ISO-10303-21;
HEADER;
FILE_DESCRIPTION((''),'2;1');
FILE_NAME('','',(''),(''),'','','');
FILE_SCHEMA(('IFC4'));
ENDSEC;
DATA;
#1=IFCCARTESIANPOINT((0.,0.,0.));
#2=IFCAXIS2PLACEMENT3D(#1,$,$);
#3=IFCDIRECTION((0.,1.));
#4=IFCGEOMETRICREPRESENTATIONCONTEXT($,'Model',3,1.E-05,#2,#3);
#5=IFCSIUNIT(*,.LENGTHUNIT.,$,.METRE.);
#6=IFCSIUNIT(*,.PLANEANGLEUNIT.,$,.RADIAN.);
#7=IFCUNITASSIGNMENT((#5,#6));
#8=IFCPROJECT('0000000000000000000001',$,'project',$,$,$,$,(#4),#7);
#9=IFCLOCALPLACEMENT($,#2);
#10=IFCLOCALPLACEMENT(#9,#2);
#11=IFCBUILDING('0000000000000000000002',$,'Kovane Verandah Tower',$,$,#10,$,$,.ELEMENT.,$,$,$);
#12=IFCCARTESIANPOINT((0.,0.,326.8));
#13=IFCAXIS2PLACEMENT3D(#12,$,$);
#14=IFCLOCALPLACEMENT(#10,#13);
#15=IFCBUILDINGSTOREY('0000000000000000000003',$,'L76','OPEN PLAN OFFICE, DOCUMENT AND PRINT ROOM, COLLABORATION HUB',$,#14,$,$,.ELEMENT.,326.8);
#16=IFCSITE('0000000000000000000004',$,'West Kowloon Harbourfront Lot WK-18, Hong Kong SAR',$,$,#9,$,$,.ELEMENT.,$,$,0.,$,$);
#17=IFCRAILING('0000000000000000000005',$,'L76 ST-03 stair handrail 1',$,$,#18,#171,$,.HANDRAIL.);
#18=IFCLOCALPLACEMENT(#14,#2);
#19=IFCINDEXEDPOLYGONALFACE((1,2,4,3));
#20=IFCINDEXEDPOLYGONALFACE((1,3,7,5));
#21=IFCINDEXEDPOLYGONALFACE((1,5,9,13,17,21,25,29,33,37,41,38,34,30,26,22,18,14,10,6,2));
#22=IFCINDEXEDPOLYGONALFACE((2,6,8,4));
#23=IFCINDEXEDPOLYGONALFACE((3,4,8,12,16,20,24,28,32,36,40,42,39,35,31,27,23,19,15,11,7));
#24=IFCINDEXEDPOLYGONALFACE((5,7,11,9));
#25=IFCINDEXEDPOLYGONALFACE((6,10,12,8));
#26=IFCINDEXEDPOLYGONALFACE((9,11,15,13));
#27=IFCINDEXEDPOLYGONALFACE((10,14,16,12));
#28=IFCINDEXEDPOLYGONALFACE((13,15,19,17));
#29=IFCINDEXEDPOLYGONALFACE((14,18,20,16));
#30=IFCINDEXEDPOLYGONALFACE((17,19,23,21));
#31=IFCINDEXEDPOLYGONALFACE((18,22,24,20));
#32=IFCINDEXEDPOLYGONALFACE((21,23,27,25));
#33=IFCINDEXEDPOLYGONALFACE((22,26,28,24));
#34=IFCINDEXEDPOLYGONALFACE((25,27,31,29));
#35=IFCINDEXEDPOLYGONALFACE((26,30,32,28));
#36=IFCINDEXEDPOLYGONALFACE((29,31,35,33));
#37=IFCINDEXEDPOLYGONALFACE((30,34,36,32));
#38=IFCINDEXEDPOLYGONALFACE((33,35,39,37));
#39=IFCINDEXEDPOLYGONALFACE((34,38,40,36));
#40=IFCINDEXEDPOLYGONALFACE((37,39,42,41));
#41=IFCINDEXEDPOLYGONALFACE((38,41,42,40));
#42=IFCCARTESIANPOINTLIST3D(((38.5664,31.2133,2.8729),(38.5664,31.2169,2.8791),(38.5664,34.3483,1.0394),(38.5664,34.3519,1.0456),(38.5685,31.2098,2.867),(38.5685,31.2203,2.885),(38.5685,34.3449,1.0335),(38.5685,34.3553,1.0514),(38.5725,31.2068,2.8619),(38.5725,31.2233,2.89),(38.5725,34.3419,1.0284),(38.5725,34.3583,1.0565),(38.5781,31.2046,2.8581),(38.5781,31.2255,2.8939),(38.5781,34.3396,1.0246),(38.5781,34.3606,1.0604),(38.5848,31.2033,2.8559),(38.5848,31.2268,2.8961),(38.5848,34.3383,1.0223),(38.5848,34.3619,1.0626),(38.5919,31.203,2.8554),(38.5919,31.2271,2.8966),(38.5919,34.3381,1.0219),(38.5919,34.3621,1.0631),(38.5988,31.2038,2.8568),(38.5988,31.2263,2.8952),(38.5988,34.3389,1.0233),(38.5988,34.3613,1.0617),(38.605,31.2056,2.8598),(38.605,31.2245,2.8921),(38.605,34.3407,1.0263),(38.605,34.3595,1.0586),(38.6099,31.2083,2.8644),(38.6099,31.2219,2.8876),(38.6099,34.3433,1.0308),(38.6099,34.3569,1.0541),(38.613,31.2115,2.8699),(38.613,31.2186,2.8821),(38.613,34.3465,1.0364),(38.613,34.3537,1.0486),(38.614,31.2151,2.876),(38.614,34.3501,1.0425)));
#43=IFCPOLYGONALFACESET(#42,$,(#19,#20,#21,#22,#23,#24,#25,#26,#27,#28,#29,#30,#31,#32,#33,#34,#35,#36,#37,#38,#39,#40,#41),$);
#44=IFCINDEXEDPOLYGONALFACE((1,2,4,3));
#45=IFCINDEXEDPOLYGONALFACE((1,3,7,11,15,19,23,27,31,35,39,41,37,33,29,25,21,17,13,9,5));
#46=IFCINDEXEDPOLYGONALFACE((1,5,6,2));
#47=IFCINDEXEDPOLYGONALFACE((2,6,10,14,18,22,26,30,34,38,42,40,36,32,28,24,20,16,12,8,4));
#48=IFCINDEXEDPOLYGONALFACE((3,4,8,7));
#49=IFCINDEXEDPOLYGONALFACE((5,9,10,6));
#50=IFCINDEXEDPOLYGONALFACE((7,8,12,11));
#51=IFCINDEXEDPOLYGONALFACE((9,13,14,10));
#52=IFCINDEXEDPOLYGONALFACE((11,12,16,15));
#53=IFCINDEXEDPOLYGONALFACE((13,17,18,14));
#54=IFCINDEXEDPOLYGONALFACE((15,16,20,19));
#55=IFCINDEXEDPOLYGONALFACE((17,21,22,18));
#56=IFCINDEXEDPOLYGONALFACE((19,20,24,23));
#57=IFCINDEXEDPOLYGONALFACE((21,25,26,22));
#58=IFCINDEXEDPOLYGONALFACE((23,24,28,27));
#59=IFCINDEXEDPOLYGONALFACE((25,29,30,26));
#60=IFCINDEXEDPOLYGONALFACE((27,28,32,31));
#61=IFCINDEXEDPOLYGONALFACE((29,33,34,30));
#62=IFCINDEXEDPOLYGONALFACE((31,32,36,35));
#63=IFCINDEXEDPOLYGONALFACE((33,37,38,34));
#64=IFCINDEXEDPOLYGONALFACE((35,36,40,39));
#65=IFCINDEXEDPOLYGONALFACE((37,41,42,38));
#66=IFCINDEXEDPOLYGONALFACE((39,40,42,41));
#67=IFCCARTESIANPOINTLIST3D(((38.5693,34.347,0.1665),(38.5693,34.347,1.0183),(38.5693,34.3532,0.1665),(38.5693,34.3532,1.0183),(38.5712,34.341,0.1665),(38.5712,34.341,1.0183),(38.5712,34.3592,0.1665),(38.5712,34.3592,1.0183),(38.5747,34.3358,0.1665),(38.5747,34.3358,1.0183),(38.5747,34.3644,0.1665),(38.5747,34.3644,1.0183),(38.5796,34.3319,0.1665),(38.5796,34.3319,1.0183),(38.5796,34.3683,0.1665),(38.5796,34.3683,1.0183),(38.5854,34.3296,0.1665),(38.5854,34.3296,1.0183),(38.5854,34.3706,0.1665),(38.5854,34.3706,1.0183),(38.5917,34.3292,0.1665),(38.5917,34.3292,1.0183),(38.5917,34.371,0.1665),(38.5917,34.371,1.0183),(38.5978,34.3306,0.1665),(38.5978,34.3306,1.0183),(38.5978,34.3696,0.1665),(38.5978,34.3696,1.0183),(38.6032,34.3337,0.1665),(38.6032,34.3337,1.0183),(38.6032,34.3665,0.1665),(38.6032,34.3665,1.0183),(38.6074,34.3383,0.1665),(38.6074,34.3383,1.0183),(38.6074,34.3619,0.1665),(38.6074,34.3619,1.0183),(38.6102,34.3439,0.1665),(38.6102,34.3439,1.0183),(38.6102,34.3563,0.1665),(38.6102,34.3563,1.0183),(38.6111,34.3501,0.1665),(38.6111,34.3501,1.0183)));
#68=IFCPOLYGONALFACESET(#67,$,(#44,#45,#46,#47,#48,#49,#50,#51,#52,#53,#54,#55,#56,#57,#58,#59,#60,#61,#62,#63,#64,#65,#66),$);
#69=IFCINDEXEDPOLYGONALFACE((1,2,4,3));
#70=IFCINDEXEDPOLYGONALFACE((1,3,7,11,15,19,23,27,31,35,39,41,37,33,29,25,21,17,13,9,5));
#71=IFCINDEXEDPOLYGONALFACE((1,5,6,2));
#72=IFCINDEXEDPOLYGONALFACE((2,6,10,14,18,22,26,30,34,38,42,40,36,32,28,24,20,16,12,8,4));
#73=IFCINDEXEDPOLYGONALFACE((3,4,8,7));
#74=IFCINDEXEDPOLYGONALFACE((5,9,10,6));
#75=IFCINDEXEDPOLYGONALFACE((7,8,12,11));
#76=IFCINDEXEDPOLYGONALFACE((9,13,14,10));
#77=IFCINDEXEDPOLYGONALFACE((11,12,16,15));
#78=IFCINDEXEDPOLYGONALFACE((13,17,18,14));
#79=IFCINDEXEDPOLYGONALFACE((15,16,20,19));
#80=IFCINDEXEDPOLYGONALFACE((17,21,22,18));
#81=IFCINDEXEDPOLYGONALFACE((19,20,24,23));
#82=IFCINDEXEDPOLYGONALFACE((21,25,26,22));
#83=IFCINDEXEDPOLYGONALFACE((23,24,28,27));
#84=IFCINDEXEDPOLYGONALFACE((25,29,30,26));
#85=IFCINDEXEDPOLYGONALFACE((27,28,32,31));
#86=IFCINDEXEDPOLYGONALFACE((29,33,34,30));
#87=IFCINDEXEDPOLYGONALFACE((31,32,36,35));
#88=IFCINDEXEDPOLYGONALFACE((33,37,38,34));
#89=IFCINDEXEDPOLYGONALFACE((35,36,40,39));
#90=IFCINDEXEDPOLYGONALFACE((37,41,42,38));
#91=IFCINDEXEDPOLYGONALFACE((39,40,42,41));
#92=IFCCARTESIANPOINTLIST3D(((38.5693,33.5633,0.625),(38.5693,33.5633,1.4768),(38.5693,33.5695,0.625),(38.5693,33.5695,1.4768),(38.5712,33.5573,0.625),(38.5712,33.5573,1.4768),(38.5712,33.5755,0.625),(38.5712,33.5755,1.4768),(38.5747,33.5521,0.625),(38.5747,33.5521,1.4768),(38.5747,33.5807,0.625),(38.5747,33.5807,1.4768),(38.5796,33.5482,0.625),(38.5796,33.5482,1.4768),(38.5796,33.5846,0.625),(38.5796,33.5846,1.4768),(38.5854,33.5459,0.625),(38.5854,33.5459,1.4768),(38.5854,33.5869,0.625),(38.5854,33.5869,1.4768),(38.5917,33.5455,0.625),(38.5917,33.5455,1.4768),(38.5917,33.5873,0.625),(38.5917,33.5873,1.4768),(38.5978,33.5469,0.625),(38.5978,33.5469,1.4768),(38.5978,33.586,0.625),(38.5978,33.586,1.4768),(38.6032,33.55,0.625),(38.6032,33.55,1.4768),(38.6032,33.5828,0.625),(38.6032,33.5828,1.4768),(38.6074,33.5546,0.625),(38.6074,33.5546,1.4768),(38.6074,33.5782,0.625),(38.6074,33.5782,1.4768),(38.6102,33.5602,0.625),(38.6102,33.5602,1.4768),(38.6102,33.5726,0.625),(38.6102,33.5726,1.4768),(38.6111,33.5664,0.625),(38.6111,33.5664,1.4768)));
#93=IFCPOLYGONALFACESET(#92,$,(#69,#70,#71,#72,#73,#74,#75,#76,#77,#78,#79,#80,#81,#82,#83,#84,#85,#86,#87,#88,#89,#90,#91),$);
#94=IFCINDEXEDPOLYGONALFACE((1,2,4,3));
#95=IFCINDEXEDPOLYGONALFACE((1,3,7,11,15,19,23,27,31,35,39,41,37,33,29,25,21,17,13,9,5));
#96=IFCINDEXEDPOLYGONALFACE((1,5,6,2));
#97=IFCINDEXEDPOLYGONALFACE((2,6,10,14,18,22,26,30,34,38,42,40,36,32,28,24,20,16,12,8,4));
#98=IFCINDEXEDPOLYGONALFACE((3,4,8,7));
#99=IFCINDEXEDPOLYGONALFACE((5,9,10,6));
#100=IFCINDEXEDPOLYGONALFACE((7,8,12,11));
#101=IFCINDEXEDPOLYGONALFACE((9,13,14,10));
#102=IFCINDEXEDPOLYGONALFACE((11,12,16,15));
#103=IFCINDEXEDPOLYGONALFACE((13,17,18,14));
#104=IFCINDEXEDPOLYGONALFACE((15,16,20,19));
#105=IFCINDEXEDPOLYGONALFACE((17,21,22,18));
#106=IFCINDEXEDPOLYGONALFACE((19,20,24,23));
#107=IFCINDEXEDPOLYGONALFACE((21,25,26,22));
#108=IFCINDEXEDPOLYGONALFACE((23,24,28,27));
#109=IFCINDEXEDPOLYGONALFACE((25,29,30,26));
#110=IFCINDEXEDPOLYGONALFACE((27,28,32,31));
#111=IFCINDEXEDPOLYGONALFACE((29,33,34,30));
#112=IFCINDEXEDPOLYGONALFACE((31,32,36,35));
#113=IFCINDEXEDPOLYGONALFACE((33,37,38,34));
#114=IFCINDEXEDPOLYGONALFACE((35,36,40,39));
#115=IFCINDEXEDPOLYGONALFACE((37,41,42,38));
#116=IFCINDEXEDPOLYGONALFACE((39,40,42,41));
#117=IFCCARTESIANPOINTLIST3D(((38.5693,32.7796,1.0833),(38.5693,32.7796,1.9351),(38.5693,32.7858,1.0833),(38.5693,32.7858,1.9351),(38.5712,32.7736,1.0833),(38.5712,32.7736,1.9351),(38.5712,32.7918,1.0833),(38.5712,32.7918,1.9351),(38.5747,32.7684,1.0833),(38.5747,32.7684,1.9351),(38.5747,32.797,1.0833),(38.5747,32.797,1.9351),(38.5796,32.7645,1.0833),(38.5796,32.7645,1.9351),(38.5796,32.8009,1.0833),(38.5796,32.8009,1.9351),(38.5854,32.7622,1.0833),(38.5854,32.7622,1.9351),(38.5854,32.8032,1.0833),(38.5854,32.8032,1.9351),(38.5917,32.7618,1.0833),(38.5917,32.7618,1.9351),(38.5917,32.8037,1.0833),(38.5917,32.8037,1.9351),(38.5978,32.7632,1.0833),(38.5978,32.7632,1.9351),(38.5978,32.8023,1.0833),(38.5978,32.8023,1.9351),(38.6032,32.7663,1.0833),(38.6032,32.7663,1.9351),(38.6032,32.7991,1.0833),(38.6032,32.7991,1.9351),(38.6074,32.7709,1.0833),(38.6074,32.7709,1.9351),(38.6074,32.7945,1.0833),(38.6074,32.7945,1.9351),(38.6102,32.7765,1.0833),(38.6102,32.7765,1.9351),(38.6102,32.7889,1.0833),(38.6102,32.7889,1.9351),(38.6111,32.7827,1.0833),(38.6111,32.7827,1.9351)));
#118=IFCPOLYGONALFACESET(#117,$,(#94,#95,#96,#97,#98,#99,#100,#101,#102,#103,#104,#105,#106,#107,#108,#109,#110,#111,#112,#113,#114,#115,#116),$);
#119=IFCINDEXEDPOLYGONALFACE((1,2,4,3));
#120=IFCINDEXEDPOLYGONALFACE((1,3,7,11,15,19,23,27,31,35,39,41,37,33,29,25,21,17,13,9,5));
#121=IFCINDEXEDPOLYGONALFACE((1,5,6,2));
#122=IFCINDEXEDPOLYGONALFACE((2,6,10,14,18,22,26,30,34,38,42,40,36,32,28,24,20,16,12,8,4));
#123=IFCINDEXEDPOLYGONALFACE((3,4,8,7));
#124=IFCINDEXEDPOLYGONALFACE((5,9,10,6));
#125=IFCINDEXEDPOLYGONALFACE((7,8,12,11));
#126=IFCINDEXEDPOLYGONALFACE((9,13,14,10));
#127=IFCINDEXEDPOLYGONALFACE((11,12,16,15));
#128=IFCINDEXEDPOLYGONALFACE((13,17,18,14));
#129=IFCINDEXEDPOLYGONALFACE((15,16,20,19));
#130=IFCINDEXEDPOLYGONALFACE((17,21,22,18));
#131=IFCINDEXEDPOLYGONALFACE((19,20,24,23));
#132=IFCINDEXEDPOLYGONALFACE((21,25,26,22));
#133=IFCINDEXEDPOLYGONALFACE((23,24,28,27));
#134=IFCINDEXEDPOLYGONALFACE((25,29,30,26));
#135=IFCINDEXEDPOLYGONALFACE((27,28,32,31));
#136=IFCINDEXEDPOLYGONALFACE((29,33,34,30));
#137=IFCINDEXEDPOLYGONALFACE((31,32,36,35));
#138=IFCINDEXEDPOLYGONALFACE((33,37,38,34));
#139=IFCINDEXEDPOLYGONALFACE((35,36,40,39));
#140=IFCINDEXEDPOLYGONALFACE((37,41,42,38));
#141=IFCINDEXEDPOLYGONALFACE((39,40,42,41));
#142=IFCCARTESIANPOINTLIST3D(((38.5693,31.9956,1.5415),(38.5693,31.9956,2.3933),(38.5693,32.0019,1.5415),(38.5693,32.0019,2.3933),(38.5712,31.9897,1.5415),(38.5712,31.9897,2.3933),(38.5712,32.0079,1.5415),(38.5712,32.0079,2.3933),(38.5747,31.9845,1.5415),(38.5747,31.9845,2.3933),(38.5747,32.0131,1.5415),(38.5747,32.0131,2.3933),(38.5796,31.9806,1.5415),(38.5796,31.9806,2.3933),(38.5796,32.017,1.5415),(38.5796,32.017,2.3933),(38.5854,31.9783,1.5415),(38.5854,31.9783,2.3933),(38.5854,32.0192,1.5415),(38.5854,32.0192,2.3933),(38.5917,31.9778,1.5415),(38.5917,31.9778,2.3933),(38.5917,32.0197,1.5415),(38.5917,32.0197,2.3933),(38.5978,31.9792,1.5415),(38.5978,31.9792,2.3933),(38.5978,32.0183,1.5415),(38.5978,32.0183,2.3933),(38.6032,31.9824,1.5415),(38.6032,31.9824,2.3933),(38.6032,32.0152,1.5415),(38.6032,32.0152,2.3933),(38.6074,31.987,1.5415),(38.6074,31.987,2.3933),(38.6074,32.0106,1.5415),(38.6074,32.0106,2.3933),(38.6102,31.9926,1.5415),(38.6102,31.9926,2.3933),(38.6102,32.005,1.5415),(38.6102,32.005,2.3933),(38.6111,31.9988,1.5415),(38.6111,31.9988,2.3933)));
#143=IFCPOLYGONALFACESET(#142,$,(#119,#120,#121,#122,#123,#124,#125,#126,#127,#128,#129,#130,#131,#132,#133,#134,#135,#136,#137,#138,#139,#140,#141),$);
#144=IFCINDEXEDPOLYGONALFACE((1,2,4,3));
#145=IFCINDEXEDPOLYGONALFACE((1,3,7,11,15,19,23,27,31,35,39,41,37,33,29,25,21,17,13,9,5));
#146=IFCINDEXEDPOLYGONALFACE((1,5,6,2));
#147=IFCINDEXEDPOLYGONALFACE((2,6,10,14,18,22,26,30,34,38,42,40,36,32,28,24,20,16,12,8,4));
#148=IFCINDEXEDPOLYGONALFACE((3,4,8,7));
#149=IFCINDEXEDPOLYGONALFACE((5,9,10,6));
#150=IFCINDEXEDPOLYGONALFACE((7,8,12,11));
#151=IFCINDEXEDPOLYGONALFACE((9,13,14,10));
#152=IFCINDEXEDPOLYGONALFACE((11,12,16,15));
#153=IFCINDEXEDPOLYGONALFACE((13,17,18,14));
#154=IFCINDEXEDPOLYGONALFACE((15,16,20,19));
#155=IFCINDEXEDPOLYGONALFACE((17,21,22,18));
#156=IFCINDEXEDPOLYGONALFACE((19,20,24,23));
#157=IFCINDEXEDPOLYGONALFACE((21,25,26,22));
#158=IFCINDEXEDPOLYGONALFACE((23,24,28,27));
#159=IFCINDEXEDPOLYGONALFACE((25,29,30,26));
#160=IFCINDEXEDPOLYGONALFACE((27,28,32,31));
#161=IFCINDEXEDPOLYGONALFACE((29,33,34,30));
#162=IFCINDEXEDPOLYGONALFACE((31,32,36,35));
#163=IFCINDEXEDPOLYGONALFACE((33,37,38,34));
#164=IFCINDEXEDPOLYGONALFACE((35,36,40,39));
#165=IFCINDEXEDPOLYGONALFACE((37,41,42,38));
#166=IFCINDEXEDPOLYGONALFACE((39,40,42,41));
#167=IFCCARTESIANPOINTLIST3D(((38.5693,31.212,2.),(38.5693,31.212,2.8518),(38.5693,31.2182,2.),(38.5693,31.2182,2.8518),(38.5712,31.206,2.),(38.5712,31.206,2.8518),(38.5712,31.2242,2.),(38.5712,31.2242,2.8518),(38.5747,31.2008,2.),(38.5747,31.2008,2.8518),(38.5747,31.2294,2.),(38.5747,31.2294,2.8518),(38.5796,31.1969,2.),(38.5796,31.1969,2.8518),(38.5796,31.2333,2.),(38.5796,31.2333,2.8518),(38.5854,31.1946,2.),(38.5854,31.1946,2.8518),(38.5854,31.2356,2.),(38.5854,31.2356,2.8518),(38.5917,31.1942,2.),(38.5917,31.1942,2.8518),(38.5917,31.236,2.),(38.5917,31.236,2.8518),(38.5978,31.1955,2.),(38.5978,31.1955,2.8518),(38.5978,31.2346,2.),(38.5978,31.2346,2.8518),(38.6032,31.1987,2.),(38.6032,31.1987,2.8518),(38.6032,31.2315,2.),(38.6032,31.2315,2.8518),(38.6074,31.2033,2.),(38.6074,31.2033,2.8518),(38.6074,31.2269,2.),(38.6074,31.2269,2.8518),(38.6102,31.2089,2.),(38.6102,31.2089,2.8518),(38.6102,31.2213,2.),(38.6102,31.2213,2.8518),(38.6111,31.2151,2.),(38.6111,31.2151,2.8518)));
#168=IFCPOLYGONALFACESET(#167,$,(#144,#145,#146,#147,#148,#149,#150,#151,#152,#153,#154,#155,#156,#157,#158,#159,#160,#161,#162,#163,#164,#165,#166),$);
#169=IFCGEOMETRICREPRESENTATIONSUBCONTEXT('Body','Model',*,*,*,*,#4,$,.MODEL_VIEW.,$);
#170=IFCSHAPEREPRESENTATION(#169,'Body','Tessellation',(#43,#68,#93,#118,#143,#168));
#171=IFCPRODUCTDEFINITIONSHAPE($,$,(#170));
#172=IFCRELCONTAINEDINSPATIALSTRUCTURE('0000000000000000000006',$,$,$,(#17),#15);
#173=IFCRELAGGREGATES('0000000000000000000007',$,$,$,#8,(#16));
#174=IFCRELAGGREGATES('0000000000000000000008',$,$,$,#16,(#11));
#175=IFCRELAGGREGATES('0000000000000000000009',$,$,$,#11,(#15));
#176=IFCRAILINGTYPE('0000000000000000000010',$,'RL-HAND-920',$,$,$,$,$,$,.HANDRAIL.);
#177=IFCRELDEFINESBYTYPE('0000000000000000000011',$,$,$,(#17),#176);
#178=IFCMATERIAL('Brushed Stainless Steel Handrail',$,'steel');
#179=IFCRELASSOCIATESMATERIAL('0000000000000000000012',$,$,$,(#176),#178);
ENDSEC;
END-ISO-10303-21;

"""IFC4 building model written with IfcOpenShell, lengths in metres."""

from ifc_helpers import new_model, si_unit, direction, frame, origin, origin_2d, place, context, subcontext, project, spatial, circle, extrude, material, type_object, element, save


model = new_model("IFC4")

# Units and contexts
model_context = context("Model", 3, precision=1e-05, world=origin(), true_north=direction((0.0, 1.0)))
body_context = subcontext(model_context, "Body", "Model", "MODEL_VIEW")
ifc_project = project(units=[si_unit("LENGTHUNIT", "METRE"), si_unit("PLANEANGLEUNIT", "RADIAN")], contexts=[model_context])

# Site, building, storey
site_placement = place(None, origin())
site = spatial("IfcSite", under=ifc_project, at=site_placement, Name="West Kowloon Harbourfront Lot WK-18, Hong Kong SAR", CompositionType="ELEMENT", RefElevation=0.0)
building_placement = place(site_placement, origin())
building = spatial("IfcBuilding", under=site, at=building_placement, Name="Kovane Verandah Tower", CompositionType="ELEMENT")
storey_placement = place(building_placement, frame((0.0, 0.0, 326.8)))
storey = spatial("IfcBuildingStorey", under=building, at=storey_placement, Name="L76", Description="OPEN PLAN OFFICE, DOCUMENT AND PRINT ROOM, COLLABORATION HUB", CompositionType="ELEMENT", Elevation=326.8)

# Railing
ifc_material_1 = material(Name="Brushed Stainless Steel Handrail", Category="steel")
railing_type_1 = type_object("IfcRailingType", Name="RL-HAND-920", PredefinedType="HANDRAIL", material=ifc_material_1)
for number, where, name in (
    (1, (38.5901, 34.3501, 0.1665), "L76 ST-03 stair handrail 1"),
):
    element("IfcRailing", number, at=place(storey_placement, frame(where)), inside=storey, type_object=railing_type_1, Name=name, PredefinedType="HANDRAIL", context=body_context, shape_type="SweptSolid", body=[
        extrude(circle(Radius=0.0239, at=origin_2d()), frame((0.0, 0.0, 0.876), z_axis=(0.0, -0.86321, 0.504845), x_axis=(1.0, 0.0, 0.0)), (0.0, 0.0, 1.0), 3.6318),
        extrude(circle(Radius=0.021, at=origin_2d()), origin(), (0.0, 0.0, 1.0), 0.8518),
        extrude(circle(Radius=0.021, at=origin_2d()), frame((0.0, -0.7837, 0.4585)), (0.0, 0.0, 1.0), 0.8518),
        extrude(circle(Radius=0.021, at=origin_2d()), frame((0.0, -1.5674, 0.9167)), (0.0, 0.0, 1.0), 0.8518),
        extrude(circle(Radius=0.021, at=origin_2d()), frame((0.0, -2.3513, 1.375)), (0.0, 0.0, 1.0), 0.8518),
        extrude(circle(Radius=0.021, at=origin_2d()), frame((0.0, -3.135, 1.8335)), (0.0, 0.0, 1.0), 0.8518),
    ])

save(model, "model.ifc")
